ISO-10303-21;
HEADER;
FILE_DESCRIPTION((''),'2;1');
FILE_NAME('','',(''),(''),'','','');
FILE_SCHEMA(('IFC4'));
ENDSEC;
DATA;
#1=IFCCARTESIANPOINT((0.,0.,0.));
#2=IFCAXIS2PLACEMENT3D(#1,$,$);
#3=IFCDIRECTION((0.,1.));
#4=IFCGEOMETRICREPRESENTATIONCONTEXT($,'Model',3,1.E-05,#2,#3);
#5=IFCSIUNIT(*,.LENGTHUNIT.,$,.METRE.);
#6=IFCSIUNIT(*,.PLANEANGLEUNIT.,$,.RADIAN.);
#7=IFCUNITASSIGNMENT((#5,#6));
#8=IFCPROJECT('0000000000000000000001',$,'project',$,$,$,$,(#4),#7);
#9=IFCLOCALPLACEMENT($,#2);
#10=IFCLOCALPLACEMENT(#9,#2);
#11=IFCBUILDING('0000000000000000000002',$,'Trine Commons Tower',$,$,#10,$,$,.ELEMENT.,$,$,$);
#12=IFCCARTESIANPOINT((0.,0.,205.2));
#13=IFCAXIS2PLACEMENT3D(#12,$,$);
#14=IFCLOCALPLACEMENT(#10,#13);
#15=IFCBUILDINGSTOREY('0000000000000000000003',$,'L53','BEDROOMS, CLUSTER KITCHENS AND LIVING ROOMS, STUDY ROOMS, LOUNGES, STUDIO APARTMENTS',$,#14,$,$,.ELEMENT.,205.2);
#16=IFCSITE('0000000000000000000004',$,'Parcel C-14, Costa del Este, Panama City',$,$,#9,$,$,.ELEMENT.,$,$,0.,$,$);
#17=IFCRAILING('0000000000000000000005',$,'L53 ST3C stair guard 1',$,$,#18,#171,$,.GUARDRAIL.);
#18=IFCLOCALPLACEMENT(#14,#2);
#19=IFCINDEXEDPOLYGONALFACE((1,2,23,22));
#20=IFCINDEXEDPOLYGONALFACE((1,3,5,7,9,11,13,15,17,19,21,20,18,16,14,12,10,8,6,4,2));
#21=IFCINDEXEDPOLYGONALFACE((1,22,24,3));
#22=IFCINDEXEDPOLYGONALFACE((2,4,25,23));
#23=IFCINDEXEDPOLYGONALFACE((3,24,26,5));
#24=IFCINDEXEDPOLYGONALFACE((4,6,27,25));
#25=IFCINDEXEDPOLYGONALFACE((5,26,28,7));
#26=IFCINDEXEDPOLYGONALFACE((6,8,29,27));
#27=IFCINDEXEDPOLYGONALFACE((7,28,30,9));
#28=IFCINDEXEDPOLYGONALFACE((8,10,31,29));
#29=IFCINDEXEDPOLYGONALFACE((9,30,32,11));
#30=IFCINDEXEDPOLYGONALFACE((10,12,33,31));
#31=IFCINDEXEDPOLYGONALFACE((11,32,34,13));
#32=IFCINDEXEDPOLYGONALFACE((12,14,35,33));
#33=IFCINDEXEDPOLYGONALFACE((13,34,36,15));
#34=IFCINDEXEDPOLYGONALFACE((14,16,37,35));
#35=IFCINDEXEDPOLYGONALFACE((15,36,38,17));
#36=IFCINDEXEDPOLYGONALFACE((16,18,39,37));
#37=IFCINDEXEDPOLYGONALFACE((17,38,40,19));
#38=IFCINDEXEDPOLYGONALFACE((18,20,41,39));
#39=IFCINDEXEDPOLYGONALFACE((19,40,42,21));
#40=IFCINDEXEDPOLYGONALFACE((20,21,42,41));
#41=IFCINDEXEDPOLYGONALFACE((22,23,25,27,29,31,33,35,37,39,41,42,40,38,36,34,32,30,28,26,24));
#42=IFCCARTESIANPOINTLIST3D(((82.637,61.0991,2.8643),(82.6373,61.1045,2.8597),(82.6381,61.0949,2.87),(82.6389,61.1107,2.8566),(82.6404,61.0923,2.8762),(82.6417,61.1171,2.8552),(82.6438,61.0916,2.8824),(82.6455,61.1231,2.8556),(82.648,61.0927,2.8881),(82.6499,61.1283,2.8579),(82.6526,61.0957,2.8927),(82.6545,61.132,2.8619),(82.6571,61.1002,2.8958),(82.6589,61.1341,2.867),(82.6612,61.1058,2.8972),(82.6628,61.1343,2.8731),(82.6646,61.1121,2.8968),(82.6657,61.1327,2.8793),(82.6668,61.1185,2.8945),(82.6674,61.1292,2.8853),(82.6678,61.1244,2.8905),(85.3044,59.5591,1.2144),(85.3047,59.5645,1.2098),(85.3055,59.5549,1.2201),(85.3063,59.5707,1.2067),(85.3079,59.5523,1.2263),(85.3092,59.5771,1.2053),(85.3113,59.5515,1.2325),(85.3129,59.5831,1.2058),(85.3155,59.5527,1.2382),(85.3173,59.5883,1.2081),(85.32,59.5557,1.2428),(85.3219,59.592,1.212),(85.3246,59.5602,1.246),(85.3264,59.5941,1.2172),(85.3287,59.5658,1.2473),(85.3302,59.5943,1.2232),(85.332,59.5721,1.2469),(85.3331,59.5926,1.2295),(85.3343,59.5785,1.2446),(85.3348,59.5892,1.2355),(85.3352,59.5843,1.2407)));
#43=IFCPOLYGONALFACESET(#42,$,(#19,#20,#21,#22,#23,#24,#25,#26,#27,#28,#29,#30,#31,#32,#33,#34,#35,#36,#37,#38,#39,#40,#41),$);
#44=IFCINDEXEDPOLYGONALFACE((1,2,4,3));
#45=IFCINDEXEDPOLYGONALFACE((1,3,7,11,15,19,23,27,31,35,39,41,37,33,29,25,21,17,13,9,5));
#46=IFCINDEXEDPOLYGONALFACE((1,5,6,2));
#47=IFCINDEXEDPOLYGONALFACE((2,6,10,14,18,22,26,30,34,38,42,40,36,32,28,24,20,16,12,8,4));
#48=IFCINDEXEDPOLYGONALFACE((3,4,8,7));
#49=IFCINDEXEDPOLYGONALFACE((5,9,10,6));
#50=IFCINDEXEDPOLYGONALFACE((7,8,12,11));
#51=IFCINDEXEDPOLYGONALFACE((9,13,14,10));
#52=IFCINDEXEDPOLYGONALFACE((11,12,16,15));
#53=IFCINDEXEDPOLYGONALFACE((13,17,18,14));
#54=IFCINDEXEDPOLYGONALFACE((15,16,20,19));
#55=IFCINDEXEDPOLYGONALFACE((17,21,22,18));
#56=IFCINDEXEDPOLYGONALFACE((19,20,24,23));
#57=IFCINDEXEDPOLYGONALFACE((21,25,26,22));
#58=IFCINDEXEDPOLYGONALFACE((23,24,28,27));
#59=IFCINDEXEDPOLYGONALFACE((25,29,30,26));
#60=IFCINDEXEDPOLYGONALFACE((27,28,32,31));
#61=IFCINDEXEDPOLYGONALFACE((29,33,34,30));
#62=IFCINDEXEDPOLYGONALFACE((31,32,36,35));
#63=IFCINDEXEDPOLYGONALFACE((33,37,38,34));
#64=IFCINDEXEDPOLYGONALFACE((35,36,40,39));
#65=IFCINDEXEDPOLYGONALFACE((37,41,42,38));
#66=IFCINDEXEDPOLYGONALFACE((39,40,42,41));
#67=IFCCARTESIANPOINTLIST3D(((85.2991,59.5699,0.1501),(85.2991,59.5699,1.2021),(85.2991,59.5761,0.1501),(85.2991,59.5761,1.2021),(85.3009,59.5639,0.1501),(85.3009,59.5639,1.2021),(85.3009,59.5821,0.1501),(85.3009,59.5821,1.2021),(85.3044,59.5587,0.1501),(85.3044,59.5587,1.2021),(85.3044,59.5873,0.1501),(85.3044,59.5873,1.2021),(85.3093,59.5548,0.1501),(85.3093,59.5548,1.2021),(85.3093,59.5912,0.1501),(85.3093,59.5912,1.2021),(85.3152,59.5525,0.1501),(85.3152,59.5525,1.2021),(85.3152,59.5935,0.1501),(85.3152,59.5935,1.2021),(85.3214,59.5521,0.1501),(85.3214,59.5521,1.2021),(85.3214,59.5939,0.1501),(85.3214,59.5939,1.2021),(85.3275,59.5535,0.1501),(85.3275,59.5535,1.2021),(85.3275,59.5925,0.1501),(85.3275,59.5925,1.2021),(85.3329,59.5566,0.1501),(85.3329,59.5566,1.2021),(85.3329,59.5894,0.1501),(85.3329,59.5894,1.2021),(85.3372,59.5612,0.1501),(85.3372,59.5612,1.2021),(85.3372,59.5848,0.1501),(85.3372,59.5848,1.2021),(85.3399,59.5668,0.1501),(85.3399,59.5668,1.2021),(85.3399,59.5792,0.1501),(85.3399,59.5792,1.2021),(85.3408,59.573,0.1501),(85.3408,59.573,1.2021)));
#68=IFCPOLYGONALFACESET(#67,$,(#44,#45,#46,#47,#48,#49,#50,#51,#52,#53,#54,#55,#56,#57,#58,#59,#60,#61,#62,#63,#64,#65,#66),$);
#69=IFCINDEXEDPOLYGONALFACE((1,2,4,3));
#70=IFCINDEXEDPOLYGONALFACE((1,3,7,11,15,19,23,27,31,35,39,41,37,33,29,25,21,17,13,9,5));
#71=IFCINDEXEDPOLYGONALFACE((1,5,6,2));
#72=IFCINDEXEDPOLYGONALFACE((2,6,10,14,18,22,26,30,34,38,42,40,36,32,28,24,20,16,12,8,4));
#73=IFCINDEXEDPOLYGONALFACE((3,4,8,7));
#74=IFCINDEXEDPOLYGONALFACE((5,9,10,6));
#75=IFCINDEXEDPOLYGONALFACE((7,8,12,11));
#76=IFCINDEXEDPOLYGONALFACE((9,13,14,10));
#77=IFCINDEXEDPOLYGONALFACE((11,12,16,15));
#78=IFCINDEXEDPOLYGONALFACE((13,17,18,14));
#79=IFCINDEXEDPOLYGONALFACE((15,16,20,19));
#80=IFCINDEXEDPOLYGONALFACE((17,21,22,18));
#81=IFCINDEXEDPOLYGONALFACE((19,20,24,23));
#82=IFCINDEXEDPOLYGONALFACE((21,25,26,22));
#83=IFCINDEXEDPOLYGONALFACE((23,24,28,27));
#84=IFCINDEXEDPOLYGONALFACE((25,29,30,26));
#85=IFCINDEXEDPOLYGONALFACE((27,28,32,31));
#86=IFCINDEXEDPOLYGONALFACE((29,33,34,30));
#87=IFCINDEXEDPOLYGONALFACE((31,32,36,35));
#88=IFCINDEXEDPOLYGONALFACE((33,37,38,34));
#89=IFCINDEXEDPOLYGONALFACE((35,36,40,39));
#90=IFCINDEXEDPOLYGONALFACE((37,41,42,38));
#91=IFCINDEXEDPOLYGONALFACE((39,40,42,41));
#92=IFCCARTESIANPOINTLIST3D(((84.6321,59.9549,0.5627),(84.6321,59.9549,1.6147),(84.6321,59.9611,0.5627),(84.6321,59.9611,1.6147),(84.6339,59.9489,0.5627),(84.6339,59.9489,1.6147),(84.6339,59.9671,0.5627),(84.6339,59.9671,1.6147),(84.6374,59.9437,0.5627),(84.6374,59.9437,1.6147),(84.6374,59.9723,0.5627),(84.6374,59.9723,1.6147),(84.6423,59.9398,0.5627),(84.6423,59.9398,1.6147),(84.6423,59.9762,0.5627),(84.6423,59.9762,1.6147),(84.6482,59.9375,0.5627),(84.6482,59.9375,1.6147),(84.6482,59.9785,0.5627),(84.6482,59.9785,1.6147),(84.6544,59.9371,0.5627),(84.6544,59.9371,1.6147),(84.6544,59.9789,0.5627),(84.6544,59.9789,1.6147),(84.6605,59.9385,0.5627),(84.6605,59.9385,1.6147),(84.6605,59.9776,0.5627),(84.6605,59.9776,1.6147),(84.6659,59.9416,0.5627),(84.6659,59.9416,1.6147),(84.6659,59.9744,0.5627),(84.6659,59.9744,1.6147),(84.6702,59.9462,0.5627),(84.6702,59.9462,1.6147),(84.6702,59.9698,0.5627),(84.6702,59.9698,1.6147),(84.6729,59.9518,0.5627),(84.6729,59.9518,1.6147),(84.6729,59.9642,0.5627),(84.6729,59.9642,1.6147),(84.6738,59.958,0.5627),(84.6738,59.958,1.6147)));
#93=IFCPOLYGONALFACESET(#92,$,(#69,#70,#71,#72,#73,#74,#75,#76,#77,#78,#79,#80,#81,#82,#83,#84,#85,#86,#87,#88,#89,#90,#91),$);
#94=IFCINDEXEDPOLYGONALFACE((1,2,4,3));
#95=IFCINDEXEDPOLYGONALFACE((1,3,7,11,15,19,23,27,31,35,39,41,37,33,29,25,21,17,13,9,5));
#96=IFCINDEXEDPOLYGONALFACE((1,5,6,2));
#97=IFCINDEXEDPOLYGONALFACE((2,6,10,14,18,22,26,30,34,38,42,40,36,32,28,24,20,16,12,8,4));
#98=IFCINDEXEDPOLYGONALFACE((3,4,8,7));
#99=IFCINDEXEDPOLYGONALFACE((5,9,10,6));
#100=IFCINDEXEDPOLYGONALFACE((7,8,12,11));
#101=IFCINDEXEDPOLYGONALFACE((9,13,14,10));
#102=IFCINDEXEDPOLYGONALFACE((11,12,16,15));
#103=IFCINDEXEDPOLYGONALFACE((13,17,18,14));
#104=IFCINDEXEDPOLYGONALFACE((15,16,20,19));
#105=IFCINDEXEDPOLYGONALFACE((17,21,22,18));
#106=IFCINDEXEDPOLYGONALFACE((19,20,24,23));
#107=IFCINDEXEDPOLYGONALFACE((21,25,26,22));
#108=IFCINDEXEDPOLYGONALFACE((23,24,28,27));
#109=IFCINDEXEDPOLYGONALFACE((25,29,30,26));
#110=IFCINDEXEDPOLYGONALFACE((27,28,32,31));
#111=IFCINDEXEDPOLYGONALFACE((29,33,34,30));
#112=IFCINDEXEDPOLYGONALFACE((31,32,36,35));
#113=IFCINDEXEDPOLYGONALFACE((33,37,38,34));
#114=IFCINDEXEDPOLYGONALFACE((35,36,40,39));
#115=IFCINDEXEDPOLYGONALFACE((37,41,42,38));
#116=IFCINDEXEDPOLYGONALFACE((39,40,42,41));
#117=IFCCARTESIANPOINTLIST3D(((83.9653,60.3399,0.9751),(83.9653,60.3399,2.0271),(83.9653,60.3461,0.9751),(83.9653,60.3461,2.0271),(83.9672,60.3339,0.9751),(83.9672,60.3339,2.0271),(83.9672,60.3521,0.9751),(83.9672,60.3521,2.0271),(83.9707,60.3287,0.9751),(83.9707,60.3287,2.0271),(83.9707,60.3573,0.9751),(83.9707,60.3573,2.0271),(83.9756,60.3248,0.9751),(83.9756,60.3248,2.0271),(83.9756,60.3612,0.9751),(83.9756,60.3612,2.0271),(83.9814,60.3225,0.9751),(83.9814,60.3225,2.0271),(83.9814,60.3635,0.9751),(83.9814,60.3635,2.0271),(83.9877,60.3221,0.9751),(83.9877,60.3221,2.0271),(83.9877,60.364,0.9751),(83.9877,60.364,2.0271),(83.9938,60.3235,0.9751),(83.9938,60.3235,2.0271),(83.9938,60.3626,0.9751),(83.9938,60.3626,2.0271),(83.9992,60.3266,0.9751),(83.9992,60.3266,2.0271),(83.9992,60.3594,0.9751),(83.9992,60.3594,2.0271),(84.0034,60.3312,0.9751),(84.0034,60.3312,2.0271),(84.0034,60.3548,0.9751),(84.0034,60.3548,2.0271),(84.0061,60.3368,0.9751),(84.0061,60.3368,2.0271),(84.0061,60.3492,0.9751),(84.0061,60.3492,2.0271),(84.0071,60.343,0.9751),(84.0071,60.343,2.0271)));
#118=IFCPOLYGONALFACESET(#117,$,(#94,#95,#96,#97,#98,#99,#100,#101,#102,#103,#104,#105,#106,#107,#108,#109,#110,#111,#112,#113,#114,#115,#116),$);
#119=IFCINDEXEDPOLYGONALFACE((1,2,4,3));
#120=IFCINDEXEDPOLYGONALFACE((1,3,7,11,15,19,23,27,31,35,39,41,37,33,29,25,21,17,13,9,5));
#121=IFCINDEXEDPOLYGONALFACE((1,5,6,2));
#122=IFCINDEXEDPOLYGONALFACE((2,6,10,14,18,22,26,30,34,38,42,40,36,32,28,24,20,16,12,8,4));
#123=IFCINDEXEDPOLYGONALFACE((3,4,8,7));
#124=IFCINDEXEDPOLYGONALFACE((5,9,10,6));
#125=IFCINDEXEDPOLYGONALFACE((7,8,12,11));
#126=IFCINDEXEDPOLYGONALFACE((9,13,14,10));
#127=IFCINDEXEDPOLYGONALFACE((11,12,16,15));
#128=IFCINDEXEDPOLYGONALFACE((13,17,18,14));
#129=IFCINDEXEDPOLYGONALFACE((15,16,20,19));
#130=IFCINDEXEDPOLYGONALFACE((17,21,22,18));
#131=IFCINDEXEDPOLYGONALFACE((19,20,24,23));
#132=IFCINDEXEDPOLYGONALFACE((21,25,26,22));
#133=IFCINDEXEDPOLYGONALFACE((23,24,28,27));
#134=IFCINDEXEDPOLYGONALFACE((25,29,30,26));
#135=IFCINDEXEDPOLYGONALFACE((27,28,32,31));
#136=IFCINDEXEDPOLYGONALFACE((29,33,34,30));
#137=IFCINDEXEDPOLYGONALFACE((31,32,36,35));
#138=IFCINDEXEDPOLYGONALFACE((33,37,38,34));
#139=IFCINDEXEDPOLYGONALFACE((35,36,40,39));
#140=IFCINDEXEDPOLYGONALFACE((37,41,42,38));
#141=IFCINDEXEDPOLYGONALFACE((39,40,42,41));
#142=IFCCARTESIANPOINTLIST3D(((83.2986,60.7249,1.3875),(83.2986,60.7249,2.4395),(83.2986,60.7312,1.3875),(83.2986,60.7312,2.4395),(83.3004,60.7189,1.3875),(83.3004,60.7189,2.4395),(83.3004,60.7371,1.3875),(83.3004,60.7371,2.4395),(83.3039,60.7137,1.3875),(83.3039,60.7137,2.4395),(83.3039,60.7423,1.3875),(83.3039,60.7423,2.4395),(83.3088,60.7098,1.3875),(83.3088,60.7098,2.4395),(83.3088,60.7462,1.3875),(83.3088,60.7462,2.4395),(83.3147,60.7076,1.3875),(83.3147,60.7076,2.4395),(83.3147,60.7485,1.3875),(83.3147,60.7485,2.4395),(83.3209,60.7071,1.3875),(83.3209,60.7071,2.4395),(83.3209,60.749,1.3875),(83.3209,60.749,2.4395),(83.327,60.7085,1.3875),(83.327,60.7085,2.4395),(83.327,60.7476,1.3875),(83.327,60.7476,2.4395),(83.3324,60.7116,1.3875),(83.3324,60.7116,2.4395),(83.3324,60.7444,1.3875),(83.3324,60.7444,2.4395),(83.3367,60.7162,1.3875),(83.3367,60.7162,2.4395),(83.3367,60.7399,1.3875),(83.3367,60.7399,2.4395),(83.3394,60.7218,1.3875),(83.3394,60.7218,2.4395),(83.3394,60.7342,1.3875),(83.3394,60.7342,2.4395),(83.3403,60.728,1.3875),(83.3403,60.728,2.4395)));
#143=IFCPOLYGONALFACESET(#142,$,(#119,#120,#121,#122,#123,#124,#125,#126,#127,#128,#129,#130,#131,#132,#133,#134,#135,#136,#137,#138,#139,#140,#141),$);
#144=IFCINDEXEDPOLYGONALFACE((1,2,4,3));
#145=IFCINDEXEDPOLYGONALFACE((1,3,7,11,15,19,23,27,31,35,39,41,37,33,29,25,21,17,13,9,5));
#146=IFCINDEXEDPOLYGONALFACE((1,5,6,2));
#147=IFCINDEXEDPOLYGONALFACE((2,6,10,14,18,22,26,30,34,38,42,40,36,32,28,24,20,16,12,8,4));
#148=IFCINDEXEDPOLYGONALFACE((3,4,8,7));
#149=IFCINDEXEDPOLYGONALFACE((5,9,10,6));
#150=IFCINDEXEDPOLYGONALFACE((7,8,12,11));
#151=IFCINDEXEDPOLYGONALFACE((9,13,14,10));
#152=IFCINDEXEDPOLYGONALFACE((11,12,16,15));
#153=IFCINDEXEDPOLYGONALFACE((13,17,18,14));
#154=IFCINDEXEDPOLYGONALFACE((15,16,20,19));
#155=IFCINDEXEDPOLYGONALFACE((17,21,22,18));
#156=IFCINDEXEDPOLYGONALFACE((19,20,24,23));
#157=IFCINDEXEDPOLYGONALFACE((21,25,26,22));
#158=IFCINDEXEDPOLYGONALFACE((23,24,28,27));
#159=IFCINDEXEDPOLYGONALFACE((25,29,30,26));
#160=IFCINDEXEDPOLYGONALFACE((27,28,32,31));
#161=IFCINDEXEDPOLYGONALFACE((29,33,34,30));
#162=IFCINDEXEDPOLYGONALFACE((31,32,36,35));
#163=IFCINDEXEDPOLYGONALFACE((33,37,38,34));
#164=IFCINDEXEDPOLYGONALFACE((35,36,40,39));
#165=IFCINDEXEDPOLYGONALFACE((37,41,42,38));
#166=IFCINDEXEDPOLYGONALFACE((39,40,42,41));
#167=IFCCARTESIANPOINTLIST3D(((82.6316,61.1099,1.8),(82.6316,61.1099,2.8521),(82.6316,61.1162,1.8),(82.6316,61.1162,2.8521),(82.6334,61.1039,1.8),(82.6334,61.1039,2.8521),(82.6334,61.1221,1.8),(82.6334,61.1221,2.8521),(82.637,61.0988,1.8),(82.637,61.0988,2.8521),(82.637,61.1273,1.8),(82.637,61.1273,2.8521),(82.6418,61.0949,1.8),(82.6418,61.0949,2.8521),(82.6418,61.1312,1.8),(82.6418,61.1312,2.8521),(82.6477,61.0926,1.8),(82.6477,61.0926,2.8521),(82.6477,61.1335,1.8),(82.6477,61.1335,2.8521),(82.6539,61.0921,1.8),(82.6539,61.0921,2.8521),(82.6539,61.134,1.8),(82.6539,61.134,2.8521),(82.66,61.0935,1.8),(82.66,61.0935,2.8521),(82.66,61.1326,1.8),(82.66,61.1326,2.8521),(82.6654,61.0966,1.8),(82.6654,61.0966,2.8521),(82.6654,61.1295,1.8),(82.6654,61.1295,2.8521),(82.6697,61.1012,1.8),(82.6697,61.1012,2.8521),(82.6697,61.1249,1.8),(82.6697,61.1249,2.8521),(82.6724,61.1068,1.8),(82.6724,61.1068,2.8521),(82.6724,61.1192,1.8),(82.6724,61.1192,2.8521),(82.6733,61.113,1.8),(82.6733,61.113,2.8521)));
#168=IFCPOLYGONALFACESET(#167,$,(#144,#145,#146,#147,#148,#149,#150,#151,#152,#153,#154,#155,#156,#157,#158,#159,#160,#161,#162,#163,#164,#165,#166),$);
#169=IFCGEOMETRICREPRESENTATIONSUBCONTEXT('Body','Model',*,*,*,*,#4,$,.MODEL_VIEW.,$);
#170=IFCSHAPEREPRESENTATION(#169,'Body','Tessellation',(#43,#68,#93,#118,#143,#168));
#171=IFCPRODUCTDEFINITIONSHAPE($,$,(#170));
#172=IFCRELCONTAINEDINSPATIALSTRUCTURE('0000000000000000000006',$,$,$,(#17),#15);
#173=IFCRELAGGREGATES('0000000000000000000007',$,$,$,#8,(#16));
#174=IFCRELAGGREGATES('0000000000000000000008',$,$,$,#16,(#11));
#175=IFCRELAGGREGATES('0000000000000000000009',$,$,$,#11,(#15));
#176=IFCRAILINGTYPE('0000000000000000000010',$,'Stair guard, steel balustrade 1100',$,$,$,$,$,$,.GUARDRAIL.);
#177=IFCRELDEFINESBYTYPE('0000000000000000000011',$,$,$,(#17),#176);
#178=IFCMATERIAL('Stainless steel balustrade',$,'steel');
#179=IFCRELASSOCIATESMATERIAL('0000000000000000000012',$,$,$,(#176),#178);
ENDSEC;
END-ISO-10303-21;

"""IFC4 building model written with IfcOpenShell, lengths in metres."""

from ifc_helpers import new_model, si_unit, direction, frame, origin, origin_2d, place, context, subcontext, project, spatial, circle, extrude, material, type_object, element, save


model = new_model("IFC4")

# Units and contexts
model_context = context("Model", 3, precision=1e-05, world=origin(), true_north=direction((0.0, 1.0)))
body_context = subcontext(model_context, "Body", "Model", "MODEL_VIEW")
ifc_project = project(units=[si_unit("LENGTHUNIT", "METRE"), si_unit("PLANEANGLEUNIT", "RADIAN")], contexts=[model_context])

# Site, building, storey
site_placement = place(None, origin())
site = spatial("IfcSite", under=ifc_project, at=site_placement, Name="Parcel C-14, Costa del Este, Panama City", CompositionType="ELEMENT", RefElevation=0.0)
building_placement = place(site_placement, origin())
building = spatial("IfcBuilding", under=site, at=building_placement, Name="Trine Commons Tower", CompositionType="ELEMENT")
storey_placement = place(building_placement, frame((0.0, 0.0, 205.2)))
storey = spatial("IfcBuildingStorey", under=building, at=storey_placement, Name="L53", Description="BEDROOMS, CLUSTER KITCHENS AND LIVING ROOMS, STUDY ROOMS, LOUNGES, STUDIO APARTMENTS", CompositionType="ELEMENT", Elevation=205.2)

# Railing
ifc_material_1 = material(Name="Stainless steel balustrade", Category="steel")
railing_type_1 = type_object("IfcRailingType", Name="Stair guard, steel balustrade 1100", PredefinedType="GUARDRAIL", material=ifc_material_1)
railing_1_placement = place(storey_placement, frame((85.3198, 59.573, 0.1501)))
element("IfcRailing", 1, at=railing_1_placement, inside=storey, type_object=railing_type_1, Name="L53 ST3C stair guard 1", PredefinedType="GUARDRAIL", context=body_context, shape_type="SweptSolid", body=[
    extrude(circle(Radius=0.0239, at=origin_2d()), frame((0.0, 0.0, 1.0762), z_axis=(-0.763405, 0.440743, 0.472185), x_axis=(-0.499992, -0.86603, 0.0)), (0.0, 0.0, 1.0), 3.4941),
    extrude(circle(Radius=0.021, at=origin_2d()), origin(), (0.0, 0.0, 1.0), 1.052),
    extrude(circle(Radius=0.021, at=origin_2d()), frame((-0.667, 0.385, 0.4126)), (0.0, 0.0, 1.0), 1.052),
    extrude(circle(Radius=0.021, at=origin_2d()), frame((-1.3337, 0.77, 0.825)), (0.0, 0.0, 1.0), 1.052),
    extrude(circle(Radius=0.021, at=origin_2d()), frame((-2.0005, 1.155, 1.2373)), (0.0, 0.0, 1.0), 1.052),
    extrude(circle(Radius=0.021, at=origin_2d()), frame((-2.6675, 1.54, 1.6499)), (0.0, 0.0, 1.0), 1.052),
])

save(model, "model.ifc")
